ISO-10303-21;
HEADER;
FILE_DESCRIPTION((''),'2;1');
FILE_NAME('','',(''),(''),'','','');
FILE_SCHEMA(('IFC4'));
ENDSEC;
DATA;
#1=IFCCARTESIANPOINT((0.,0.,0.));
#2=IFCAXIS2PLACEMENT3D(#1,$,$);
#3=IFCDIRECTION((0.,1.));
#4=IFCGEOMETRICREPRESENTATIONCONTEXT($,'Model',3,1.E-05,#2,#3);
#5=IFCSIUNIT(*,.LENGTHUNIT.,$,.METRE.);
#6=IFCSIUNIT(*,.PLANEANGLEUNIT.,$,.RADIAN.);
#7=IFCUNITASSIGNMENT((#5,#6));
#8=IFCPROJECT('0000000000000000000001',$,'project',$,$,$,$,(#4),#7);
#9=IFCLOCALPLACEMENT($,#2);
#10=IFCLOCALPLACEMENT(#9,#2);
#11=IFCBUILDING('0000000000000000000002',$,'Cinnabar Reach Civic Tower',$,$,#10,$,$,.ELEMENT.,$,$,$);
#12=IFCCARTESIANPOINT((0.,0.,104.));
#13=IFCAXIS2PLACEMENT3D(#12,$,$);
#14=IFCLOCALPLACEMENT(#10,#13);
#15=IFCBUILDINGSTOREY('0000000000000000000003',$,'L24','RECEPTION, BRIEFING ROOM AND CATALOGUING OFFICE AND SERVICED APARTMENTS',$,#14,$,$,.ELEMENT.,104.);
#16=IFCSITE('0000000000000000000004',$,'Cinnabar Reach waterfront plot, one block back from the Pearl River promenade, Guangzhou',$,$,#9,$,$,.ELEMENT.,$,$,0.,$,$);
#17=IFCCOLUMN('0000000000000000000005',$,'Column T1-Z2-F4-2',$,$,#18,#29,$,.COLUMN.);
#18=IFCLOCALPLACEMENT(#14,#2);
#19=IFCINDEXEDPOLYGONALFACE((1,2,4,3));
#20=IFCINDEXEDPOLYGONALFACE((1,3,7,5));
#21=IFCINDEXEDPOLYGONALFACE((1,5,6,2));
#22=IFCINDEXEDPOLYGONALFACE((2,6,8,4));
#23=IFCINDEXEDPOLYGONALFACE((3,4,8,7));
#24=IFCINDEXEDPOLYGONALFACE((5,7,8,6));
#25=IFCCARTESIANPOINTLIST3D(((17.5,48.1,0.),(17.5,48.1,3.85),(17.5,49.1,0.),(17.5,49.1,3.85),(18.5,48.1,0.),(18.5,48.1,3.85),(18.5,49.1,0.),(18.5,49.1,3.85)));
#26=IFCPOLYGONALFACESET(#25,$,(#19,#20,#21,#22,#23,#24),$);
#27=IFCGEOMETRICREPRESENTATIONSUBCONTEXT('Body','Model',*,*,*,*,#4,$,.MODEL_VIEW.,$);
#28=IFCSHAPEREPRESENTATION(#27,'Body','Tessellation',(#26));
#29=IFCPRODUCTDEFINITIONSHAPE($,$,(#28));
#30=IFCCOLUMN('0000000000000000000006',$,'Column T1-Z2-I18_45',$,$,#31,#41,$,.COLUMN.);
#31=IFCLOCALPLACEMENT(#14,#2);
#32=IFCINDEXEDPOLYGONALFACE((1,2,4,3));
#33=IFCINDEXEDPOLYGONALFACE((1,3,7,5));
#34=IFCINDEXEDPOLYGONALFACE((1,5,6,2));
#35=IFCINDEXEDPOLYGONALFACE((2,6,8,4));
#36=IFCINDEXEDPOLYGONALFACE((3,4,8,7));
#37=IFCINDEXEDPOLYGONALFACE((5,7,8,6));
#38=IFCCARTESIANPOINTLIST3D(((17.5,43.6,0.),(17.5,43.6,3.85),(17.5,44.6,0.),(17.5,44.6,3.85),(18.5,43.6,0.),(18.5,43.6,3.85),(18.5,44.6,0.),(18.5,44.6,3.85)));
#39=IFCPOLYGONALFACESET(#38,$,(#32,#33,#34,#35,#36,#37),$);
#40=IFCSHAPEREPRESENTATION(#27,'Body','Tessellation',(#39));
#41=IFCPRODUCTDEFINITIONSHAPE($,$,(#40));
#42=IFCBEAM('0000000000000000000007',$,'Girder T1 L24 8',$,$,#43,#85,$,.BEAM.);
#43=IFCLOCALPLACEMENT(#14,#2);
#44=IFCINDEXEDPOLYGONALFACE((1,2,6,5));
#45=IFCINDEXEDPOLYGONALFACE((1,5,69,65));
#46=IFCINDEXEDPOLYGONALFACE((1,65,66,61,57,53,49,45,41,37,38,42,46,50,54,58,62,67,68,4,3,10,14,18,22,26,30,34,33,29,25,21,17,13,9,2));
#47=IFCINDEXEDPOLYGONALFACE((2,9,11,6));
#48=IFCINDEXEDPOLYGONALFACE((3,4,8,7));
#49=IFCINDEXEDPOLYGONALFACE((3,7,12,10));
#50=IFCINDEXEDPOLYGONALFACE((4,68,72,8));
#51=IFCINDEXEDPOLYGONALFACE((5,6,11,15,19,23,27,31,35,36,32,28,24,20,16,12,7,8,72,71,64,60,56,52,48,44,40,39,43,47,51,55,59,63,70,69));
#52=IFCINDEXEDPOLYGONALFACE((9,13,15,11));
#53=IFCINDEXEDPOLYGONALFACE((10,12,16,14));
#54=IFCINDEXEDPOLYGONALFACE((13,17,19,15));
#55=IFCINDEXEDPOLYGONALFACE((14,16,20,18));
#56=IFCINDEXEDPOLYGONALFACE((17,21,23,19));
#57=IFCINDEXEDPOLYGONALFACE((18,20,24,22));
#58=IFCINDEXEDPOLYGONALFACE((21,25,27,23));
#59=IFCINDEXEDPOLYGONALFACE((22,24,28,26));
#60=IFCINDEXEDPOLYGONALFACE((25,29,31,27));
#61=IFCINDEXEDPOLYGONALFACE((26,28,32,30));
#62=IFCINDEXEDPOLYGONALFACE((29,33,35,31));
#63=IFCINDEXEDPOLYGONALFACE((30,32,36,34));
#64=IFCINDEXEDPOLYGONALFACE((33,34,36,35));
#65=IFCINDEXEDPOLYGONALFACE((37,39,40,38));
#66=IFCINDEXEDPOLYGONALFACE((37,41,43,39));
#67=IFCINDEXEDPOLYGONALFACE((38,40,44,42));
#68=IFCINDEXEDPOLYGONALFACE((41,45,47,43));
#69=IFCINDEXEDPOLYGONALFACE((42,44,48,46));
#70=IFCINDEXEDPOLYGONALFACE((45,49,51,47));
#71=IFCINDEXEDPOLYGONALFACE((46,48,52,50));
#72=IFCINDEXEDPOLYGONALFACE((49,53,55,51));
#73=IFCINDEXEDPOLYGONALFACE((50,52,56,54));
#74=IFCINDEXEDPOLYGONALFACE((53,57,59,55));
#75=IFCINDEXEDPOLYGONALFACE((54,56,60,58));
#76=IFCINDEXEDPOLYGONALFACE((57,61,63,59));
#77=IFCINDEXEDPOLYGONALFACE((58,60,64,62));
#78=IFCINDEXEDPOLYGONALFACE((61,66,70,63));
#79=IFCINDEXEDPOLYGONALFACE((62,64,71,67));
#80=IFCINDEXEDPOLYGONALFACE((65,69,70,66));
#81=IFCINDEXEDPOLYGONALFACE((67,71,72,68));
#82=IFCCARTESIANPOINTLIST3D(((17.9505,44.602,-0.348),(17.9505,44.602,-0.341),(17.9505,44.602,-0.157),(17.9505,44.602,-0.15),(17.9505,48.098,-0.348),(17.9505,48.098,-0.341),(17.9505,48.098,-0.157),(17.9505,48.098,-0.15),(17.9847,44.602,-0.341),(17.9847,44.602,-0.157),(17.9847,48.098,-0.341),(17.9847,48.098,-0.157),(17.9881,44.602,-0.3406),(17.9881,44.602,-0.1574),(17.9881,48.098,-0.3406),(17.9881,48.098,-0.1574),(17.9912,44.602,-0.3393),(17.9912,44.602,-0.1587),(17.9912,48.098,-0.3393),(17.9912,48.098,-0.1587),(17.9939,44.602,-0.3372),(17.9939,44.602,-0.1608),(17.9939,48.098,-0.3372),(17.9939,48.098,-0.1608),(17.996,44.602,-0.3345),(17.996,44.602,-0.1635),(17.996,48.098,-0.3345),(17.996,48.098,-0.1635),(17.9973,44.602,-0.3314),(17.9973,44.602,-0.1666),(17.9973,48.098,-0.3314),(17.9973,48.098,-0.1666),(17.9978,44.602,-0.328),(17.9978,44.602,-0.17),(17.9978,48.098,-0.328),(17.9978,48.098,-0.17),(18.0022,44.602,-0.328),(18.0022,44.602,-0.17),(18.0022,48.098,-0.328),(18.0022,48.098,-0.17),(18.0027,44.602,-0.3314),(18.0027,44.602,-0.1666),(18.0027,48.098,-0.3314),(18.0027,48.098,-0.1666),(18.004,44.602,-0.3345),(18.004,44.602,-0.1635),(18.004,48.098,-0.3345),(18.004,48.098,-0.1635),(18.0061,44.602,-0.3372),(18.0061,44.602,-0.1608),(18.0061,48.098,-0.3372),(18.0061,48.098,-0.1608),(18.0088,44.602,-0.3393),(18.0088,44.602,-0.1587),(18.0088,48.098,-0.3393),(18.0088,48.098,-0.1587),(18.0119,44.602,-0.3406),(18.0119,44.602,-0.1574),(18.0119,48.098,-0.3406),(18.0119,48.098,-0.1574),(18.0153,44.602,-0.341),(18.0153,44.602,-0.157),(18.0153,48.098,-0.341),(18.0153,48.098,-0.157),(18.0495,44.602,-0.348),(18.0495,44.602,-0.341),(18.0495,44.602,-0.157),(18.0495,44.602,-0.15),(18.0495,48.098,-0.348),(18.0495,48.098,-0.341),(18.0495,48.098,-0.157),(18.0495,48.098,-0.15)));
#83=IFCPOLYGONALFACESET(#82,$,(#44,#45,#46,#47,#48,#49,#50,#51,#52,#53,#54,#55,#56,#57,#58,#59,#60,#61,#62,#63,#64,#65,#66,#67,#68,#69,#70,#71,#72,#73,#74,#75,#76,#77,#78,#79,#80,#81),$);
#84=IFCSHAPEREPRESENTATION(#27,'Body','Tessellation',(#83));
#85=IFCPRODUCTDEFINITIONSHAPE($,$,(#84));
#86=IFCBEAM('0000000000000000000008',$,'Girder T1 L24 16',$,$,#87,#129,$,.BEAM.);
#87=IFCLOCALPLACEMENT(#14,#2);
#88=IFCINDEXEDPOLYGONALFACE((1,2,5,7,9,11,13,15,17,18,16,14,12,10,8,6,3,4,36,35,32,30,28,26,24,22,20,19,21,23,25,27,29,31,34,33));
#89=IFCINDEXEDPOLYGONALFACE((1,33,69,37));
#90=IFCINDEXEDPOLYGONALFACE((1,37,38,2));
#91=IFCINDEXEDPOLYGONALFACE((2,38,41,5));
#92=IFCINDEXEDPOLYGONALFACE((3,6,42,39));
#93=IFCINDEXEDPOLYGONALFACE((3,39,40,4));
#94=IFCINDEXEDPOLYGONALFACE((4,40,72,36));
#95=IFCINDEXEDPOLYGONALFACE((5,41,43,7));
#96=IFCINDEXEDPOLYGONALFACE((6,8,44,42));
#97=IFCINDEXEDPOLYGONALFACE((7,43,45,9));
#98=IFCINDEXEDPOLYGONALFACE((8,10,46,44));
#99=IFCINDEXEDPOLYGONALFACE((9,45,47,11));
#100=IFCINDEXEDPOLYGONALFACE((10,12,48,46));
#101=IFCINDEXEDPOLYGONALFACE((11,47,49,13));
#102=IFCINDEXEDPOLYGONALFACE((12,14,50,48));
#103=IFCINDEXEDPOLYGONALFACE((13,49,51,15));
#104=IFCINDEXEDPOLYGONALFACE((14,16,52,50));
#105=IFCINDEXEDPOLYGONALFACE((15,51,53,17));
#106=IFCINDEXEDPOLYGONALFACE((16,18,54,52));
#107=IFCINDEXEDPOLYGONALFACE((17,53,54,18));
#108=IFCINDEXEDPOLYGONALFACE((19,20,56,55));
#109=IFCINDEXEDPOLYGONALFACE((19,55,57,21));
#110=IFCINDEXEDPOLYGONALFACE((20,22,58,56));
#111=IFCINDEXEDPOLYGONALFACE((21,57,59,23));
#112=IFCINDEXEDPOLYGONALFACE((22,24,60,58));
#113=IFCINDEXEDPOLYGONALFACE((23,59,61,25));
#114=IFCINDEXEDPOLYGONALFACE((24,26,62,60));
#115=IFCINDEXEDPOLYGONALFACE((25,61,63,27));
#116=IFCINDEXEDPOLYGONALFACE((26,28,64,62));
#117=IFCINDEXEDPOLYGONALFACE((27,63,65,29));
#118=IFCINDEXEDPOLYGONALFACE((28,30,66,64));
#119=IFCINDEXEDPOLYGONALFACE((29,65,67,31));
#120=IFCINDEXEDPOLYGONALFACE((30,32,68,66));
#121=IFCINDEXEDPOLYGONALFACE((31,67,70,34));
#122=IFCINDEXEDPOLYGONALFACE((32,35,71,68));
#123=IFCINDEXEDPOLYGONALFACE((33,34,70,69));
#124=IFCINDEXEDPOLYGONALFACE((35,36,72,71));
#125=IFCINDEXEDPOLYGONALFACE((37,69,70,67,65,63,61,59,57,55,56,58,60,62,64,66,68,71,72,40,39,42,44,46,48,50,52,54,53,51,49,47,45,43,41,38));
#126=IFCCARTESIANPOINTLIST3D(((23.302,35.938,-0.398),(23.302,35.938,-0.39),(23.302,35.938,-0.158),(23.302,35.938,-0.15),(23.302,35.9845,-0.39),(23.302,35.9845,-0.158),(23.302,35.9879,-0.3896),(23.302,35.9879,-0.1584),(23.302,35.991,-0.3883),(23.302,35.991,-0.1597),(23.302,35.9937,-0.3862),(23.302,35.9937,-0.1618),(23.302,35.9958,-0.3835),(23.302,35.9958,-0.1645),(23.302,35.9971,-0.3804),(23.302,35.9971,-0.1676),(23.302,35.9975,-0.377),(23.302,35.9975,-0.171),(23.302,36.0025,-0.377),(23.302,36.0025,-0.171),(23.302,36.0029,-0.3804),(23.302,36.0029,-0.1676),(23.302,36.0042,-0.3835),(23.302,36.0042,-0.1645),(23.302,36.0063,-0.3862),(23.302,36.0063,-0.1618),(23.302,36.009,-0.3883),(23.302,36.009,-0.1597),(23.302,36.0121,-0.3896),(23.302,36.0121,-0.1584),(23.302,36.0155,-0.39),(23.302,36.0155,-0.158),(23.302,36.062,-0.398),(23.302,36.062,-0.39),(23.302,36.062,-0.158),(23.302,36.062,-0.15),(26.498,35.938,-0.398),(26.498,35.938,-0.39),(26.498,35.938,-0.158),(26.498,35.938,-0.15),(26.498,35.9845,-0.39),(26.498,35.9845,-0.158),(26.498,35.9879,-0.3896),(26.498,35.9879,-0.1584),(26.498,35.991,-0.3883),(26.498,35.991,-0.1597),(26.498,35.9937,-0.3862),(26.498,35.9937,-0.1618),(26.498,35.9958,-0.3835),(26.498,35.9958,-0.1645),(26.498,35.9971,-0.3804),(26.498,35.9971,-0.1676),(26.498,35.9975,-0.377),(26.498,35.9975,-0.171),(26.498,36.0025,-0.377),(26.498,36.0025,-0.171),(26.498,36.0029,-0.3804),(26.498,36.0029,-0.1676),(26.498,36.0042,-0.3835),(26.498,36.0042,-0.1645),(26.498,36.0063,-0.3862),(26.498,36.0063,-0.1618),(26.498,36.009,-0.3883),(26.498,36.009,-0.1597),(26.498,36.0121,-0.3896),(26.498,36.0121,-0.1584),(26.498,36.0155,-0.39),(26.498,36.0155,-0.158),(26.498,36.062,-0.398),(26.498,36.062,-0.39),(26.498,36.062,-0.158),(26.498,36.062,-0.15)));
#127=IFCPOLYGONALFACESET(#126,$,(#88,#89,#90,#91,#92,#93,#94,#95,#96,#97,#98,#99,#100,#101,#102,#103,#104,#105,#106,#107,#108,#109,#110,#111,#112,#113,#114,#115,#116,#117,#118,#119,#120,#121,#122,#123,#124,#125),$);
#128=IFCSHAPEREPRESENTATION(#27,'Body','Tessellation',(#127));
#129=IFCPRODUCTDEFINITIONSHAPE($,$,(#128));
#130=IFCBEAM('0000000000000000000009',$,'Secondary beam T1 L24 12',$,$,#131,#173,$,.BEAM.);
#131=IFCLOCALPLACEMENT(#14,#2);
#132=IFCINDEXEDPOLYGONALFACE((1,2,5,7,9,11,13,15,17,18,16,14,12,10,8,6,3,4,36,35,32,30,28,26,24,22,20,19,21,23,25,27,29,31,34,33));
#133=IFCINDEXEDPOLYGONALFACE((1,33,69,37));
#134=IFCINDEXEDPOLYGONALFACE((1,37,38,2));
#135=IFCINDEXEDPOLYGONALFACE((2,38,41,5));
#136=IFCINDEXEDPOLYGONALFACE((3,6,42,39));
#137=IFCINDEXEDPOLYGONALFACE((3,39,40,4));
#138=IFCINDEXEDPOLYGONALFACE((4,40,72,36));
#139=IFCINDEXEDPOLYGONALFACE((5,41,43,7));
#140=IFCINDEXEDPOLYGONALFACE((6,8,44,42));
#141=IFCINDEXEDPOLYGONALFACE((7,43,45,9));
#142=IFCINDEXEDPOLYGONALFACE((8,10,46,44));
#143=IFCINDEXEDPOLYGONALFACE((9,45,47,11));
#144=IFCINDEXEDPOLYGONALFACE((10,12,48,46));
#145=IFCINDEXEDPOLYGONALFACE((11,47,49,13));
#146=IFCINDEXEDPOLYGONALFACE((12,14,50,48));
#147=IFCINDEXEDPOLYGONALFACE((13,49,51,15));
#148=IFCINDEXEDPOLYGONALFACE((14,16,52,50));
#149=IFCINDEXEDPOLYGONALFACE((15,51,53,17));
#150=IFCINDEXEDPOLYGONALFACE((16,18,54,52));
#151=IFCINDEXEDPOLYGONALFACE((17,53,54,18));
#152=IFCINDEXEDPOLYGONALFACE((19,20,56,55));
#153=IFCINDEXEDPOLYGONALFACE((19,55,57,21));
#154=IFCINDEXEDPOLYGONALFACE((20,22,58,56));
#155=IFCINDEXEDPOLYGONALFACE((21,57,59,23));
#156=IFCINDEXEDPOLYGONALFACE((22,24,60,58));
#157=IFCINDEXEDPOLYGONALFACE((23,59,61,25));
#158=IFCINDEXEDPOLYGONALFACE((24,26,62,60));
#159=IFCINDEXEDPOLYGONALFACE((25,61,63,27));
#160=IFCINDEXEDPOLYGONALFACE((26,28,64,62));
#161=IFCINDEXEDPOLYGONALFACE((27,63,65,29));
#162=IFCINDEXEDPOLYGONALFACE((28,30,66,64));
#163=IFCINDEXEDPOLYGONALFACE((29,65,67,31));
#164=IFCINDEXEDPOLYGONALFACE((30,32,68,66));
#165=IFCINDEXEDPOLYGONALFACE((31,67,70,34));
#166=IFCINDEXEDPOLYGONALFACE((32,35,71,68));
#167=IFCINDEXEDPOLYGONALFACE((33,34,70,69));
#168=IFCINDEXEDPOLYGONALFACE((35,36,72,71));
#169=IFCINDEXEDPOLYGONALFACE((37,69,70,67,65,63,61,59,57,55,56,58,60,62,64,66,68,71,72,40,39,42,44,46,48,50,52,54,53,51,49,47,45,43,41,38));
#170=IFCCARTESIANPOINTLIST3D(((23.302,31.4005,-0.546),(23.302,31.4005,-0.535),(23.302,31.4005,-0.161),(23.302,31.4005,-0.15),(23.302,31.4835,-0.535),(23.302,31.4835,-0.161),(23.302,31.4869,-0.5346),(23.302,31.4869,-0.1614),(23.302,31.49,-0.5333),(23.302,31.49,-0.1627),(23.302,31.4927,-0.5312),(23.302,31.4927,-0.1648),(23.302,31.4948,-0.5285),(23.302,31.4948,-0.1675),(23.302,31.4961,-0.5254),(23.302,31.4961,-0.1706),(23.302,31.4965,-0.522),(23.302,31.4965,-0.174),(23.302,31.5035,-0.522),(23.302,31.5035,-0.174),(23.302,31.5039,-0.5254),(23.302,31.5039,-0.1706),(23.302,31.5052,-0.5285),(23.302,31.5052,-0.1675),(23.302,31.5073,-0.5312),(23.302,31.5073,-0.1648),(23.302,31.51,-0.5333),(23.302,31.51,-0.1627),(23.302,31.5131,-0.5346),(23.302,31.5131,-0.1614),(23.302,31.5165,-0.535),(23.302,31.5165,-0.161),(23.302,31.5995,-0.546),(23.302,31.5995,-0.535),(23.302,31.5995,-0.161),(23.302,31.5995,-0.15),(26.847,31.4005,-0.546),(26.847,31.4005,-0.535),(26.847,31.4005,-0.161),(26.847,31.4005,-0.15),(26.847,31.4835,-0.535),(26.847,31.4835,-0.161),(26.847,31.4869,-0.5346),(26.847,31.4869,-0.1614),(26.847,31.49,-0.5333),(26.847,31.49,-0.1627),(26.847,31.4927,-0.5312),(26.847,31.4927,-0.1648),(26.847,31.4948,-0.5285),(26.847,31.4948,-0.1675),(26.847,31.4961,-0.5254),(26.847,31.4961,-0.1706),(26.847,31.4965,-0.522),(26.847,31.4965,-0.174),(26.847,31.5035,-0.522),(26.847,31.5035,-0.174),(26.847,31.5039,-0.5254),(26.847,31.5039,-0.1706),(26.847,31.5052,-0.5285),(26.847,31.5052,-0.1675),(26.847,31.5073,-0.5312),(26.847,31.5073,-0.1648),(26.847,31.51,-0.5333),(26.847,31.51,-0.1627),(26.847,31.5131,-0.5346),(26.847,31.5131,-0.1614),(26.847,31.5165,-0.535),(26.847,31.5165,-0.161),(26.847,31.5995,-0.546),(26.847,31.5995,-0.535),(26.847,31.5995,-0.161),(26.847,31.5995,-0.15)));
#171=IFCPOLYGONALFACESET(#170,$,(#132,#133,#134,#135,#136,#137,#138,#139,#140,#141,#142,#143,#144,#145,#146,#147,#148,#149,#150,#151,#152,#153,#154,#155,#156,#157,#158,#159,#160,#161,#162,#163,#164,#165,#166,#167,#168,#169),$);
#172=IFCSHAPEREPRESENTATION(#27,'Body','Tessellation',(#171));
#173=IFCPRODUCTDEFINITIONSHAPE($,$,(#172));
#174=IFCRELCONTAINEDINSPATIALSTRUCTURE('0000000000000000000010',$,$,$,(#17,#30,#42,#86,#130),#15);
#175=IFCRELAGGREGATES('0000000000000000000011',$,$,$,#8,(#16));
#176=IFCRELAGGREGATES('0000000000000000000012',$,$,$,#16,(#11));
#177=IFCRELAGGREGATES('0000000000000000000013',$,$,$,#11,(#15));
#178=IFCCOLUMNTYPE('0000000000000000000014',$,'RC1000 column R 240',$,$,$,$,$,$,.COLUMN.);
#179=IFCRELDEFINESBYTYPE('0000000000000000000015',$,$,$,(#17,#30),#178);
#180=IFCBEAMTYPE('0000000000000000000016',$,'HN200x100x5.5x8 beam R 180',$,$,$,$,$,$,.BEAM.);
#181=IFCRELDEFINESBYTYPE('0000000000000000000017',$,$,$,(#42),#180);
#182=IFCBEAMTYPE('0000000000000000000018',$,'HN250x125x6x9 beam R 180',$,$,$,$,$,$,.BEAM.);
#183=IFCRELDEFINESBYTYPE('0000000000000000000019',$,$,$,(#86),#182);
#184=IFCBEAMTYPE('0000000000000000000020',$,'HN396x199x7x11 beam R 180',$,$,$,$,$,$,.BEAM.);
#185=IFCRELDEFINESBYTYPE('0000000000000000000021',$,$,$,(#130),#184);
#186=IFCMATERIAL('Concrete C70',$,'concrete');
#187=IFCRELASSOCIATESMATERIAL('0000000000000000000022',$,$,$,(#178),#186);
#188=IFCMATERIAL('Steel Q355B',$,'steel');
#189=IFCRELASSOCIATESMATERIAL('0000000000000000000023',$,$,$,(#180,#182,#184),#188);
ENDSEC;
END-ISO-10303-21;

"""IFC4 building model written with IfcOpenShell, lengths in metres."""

from ifc_helpers import new_model, si_unit, direction, frame, origin, origin_2d, place, context, subcontext, project, spatial, rectangle, i_section, extrude, material, material_profile, profile_set, type_object, element, save


model = new_model("IFC4")

# Units and contexts
model_context = context("Model", 3, precision=1e-05, world=origin(), true_north=direction((0.0, 1.0)))
body_context = subcontext(model_context, "Body", "Model", "MODEL_VIEW")
ifc_project = project(units=[si_unit("LENGTHUNIT", "METRE"), si_unit("PLANEANGLEUNIT", "RADIAN")], contexts=[model_context])

# Site, building, storey
site_placement = place(None, origin())
site = spatial("IfcSite", under=ifc_project, at=site_placement, Name="Cinnabar Reach waterfront plot, one block back from the Pearl River promenade, Guangzhou", CompositionType="ELEMENT", RefElevation=0.0)
building_placement = place(site_placement, origin())
building = spatial("IfcBuilding", under=site, at=building_placement, Name="Cinnabar Reach Civic Tower", CompositionType="ELEMENT")
storey_placement = place(building_placement, frame((0.0, 0.0, 104.0)))
storey = spatial("IfcBuildingStorey", under=building, at=storey_placement, Name="L24", Description="RECEPTION, BRIEFING ROOM AND CATALOGUING OFFICE AND SERVICED APARTMENTS", CompositionType="ELEMENT", Elevation=104.0)

# Columns
ifc_material_1 = material(Name="Concrete C70", Category="concrete")
ifc_material_profile_1 = material_profile(ifc_material_1, rectangle(XDim=1.0, YDim=1.0, at=origin_2d()), Name="RC1000")
ifc_profile_set_1 = profile_set([ifc_material_profile_1], Name="Concrete C70")
column_type = type_object("IfcColumnType", Name="RC1000 column R 240", PredefinedType="COLUMN", material=ifc_profile_set_1)
for number, where, z_axis, x_axis, name in (
    (1, (18.0, 48.6, 0.0), (0.0, 0.0, 1.0), (1.0, 0.0, 0.0), "Column T1-Z2-F4-2"),
    (2, (18.0, 44.1, 0.0), (0.0, 0.0, 1.0), (1.0, 0.0, 0.0), "Column T1-Z2-I18_45"),
):
    element("IfcColumn", number, at=place(storey_placement, frame(where, z_axis=z_axis, x_axis=x_axis)), inside=storey, type_object=column_type, Name=name, PredefinedType="COLUMN", context=body_context, shape_type="SweptSolid", body=[
        extrude(rectangle(XDim=1.0, YDim=1.0, at=origin_2d()), origin(), (0.0, 0.0, 1.0), 3.85),
    ])

# Beams
ifc_material_2 = material(Name="Steel Q355B", Category="steel")
ifc_material_profile_2 = material_profile(ifc_material_2, i_section(OverallWidth=0.099, OverallDepth=0.198, WebThickness=0.0045, FlangeThickness=0.007, FilletRadius=0.013, at=origin_2d()), Name="HN200x100x5.5x8")
ifc_profile_set_2 = profile_set([ifc_material_profile_2], Name="Steel Q355B")
beam_type_1 = type_object("IfcBeamType", Name="HN200x100x5.5x8 beam R 180", PredefinedType="BEAM", material=ifc_profile_set_2)
beam_1_placement = place(storey_placement, frame((18.0, 44.602, -0.249), z_axis=(0.0, 1.0, 0.0), x_axis=(-1.0, 0.0, 0.0)))
element("IfcBeam", 3, at=beam_1_placement, inside=storey, type_object=beam_type_1, Name="Girder T1 L24 8", PredefinedType="BEAM", context=body_context, shape_type="SweptSolid", body=[
    extrude(i_section(OverallWidth=0.099, OverallDepth=0.198, WebThickness=0.0045, FlangeThickness=0.007, FilletRadius=0.013, at=origin_2d()), origin(), (0.0, 0.0, 1.0), 3.496),
])
ifc_material_profile_3 = material_profile(ifc_material_2, i_section(OverallWidth=0.124, OverallDepth=0.248, WebThickness=0.005, FlangeThickness=0.008, FilletRadius=0.013, at=origin_2d()), Name="HN250x125x6x9")
ifc_profile_set_3 = profile_set([ifc_material_profile_3], Name="Steel Q355B")
beam_type_2 = type_object("IfcBeamType", Name="HN250x125x6x9 beam R 180", PredefinedType="BEAM", material=ifc_profile_set_3)
beam_2_placement = place(storey_placement, frame((23.302, 36.0, -0.274), z_axis=(1.0, 0.0, 0.0), x_axis=(0.0, 1.0, 0.0)))
element("IfcBeam", 4, at=beam_2_placement, inside=storey, type_object=beam_type_2, Name="Girder T1 L24 16", PredefinedType="BEAM", context=body_context, shape_type="SweptSolid", body=[
    extrude(i_section(OverallWidth=0.124, OverallDepth=0.248, WebThickness=0.005, FlangeThickness=0.008, FilletRadius=0.013, at=origin_2d()), origin(), (0.0, 0.0, 1.0), 3.196),
])
ifc_material_profile_4 = material_profile(ifc_material_2, i_section(OverallWidth=0.199, OverallDepth=0.396, WebThickness=0.007, FlangeThickness=0.011, FilletRadius=0.013, at=origin_2d()), Name="HN396x199x7x11")
ifc_profile_set_4 = profile_set([ifc_material_profile_4], Name="Steel Q355B")
beam_type_3 = type_object("IfcBeamType", Name="HN396x199x7x11 beam R 180", PredefinedType="BEAM", material=ifc_profile_set_4)
for number, where, z_axis, x_axis, name in (
    (5, (23.302, 31.5, -0.348), (1.0, 0.0, 0.0), (0.0, 1.0, 0.0), "Secondary beam T1 L24 12"),
):
    element("IfcBeam", number, at=place(storey_placement, frame(where, z_axis=z_axis, x_axis=x_axis)), inside=storey, type_object=beam_type_3, Name=name, PredefinedType="BEAM", context=body_context, shape_type="SweptSolid", body=[
        extrude(i_section(OverallWidth=0.199, OverallDepth=0.396, WebThickness=0.007, FlangeThickness=0.011, FilletRadius=0.013, at=origin_2d()), origin(), (0.0, 0.0, 1.0), 3.545),
    ])

save(model, "model.ifc")
